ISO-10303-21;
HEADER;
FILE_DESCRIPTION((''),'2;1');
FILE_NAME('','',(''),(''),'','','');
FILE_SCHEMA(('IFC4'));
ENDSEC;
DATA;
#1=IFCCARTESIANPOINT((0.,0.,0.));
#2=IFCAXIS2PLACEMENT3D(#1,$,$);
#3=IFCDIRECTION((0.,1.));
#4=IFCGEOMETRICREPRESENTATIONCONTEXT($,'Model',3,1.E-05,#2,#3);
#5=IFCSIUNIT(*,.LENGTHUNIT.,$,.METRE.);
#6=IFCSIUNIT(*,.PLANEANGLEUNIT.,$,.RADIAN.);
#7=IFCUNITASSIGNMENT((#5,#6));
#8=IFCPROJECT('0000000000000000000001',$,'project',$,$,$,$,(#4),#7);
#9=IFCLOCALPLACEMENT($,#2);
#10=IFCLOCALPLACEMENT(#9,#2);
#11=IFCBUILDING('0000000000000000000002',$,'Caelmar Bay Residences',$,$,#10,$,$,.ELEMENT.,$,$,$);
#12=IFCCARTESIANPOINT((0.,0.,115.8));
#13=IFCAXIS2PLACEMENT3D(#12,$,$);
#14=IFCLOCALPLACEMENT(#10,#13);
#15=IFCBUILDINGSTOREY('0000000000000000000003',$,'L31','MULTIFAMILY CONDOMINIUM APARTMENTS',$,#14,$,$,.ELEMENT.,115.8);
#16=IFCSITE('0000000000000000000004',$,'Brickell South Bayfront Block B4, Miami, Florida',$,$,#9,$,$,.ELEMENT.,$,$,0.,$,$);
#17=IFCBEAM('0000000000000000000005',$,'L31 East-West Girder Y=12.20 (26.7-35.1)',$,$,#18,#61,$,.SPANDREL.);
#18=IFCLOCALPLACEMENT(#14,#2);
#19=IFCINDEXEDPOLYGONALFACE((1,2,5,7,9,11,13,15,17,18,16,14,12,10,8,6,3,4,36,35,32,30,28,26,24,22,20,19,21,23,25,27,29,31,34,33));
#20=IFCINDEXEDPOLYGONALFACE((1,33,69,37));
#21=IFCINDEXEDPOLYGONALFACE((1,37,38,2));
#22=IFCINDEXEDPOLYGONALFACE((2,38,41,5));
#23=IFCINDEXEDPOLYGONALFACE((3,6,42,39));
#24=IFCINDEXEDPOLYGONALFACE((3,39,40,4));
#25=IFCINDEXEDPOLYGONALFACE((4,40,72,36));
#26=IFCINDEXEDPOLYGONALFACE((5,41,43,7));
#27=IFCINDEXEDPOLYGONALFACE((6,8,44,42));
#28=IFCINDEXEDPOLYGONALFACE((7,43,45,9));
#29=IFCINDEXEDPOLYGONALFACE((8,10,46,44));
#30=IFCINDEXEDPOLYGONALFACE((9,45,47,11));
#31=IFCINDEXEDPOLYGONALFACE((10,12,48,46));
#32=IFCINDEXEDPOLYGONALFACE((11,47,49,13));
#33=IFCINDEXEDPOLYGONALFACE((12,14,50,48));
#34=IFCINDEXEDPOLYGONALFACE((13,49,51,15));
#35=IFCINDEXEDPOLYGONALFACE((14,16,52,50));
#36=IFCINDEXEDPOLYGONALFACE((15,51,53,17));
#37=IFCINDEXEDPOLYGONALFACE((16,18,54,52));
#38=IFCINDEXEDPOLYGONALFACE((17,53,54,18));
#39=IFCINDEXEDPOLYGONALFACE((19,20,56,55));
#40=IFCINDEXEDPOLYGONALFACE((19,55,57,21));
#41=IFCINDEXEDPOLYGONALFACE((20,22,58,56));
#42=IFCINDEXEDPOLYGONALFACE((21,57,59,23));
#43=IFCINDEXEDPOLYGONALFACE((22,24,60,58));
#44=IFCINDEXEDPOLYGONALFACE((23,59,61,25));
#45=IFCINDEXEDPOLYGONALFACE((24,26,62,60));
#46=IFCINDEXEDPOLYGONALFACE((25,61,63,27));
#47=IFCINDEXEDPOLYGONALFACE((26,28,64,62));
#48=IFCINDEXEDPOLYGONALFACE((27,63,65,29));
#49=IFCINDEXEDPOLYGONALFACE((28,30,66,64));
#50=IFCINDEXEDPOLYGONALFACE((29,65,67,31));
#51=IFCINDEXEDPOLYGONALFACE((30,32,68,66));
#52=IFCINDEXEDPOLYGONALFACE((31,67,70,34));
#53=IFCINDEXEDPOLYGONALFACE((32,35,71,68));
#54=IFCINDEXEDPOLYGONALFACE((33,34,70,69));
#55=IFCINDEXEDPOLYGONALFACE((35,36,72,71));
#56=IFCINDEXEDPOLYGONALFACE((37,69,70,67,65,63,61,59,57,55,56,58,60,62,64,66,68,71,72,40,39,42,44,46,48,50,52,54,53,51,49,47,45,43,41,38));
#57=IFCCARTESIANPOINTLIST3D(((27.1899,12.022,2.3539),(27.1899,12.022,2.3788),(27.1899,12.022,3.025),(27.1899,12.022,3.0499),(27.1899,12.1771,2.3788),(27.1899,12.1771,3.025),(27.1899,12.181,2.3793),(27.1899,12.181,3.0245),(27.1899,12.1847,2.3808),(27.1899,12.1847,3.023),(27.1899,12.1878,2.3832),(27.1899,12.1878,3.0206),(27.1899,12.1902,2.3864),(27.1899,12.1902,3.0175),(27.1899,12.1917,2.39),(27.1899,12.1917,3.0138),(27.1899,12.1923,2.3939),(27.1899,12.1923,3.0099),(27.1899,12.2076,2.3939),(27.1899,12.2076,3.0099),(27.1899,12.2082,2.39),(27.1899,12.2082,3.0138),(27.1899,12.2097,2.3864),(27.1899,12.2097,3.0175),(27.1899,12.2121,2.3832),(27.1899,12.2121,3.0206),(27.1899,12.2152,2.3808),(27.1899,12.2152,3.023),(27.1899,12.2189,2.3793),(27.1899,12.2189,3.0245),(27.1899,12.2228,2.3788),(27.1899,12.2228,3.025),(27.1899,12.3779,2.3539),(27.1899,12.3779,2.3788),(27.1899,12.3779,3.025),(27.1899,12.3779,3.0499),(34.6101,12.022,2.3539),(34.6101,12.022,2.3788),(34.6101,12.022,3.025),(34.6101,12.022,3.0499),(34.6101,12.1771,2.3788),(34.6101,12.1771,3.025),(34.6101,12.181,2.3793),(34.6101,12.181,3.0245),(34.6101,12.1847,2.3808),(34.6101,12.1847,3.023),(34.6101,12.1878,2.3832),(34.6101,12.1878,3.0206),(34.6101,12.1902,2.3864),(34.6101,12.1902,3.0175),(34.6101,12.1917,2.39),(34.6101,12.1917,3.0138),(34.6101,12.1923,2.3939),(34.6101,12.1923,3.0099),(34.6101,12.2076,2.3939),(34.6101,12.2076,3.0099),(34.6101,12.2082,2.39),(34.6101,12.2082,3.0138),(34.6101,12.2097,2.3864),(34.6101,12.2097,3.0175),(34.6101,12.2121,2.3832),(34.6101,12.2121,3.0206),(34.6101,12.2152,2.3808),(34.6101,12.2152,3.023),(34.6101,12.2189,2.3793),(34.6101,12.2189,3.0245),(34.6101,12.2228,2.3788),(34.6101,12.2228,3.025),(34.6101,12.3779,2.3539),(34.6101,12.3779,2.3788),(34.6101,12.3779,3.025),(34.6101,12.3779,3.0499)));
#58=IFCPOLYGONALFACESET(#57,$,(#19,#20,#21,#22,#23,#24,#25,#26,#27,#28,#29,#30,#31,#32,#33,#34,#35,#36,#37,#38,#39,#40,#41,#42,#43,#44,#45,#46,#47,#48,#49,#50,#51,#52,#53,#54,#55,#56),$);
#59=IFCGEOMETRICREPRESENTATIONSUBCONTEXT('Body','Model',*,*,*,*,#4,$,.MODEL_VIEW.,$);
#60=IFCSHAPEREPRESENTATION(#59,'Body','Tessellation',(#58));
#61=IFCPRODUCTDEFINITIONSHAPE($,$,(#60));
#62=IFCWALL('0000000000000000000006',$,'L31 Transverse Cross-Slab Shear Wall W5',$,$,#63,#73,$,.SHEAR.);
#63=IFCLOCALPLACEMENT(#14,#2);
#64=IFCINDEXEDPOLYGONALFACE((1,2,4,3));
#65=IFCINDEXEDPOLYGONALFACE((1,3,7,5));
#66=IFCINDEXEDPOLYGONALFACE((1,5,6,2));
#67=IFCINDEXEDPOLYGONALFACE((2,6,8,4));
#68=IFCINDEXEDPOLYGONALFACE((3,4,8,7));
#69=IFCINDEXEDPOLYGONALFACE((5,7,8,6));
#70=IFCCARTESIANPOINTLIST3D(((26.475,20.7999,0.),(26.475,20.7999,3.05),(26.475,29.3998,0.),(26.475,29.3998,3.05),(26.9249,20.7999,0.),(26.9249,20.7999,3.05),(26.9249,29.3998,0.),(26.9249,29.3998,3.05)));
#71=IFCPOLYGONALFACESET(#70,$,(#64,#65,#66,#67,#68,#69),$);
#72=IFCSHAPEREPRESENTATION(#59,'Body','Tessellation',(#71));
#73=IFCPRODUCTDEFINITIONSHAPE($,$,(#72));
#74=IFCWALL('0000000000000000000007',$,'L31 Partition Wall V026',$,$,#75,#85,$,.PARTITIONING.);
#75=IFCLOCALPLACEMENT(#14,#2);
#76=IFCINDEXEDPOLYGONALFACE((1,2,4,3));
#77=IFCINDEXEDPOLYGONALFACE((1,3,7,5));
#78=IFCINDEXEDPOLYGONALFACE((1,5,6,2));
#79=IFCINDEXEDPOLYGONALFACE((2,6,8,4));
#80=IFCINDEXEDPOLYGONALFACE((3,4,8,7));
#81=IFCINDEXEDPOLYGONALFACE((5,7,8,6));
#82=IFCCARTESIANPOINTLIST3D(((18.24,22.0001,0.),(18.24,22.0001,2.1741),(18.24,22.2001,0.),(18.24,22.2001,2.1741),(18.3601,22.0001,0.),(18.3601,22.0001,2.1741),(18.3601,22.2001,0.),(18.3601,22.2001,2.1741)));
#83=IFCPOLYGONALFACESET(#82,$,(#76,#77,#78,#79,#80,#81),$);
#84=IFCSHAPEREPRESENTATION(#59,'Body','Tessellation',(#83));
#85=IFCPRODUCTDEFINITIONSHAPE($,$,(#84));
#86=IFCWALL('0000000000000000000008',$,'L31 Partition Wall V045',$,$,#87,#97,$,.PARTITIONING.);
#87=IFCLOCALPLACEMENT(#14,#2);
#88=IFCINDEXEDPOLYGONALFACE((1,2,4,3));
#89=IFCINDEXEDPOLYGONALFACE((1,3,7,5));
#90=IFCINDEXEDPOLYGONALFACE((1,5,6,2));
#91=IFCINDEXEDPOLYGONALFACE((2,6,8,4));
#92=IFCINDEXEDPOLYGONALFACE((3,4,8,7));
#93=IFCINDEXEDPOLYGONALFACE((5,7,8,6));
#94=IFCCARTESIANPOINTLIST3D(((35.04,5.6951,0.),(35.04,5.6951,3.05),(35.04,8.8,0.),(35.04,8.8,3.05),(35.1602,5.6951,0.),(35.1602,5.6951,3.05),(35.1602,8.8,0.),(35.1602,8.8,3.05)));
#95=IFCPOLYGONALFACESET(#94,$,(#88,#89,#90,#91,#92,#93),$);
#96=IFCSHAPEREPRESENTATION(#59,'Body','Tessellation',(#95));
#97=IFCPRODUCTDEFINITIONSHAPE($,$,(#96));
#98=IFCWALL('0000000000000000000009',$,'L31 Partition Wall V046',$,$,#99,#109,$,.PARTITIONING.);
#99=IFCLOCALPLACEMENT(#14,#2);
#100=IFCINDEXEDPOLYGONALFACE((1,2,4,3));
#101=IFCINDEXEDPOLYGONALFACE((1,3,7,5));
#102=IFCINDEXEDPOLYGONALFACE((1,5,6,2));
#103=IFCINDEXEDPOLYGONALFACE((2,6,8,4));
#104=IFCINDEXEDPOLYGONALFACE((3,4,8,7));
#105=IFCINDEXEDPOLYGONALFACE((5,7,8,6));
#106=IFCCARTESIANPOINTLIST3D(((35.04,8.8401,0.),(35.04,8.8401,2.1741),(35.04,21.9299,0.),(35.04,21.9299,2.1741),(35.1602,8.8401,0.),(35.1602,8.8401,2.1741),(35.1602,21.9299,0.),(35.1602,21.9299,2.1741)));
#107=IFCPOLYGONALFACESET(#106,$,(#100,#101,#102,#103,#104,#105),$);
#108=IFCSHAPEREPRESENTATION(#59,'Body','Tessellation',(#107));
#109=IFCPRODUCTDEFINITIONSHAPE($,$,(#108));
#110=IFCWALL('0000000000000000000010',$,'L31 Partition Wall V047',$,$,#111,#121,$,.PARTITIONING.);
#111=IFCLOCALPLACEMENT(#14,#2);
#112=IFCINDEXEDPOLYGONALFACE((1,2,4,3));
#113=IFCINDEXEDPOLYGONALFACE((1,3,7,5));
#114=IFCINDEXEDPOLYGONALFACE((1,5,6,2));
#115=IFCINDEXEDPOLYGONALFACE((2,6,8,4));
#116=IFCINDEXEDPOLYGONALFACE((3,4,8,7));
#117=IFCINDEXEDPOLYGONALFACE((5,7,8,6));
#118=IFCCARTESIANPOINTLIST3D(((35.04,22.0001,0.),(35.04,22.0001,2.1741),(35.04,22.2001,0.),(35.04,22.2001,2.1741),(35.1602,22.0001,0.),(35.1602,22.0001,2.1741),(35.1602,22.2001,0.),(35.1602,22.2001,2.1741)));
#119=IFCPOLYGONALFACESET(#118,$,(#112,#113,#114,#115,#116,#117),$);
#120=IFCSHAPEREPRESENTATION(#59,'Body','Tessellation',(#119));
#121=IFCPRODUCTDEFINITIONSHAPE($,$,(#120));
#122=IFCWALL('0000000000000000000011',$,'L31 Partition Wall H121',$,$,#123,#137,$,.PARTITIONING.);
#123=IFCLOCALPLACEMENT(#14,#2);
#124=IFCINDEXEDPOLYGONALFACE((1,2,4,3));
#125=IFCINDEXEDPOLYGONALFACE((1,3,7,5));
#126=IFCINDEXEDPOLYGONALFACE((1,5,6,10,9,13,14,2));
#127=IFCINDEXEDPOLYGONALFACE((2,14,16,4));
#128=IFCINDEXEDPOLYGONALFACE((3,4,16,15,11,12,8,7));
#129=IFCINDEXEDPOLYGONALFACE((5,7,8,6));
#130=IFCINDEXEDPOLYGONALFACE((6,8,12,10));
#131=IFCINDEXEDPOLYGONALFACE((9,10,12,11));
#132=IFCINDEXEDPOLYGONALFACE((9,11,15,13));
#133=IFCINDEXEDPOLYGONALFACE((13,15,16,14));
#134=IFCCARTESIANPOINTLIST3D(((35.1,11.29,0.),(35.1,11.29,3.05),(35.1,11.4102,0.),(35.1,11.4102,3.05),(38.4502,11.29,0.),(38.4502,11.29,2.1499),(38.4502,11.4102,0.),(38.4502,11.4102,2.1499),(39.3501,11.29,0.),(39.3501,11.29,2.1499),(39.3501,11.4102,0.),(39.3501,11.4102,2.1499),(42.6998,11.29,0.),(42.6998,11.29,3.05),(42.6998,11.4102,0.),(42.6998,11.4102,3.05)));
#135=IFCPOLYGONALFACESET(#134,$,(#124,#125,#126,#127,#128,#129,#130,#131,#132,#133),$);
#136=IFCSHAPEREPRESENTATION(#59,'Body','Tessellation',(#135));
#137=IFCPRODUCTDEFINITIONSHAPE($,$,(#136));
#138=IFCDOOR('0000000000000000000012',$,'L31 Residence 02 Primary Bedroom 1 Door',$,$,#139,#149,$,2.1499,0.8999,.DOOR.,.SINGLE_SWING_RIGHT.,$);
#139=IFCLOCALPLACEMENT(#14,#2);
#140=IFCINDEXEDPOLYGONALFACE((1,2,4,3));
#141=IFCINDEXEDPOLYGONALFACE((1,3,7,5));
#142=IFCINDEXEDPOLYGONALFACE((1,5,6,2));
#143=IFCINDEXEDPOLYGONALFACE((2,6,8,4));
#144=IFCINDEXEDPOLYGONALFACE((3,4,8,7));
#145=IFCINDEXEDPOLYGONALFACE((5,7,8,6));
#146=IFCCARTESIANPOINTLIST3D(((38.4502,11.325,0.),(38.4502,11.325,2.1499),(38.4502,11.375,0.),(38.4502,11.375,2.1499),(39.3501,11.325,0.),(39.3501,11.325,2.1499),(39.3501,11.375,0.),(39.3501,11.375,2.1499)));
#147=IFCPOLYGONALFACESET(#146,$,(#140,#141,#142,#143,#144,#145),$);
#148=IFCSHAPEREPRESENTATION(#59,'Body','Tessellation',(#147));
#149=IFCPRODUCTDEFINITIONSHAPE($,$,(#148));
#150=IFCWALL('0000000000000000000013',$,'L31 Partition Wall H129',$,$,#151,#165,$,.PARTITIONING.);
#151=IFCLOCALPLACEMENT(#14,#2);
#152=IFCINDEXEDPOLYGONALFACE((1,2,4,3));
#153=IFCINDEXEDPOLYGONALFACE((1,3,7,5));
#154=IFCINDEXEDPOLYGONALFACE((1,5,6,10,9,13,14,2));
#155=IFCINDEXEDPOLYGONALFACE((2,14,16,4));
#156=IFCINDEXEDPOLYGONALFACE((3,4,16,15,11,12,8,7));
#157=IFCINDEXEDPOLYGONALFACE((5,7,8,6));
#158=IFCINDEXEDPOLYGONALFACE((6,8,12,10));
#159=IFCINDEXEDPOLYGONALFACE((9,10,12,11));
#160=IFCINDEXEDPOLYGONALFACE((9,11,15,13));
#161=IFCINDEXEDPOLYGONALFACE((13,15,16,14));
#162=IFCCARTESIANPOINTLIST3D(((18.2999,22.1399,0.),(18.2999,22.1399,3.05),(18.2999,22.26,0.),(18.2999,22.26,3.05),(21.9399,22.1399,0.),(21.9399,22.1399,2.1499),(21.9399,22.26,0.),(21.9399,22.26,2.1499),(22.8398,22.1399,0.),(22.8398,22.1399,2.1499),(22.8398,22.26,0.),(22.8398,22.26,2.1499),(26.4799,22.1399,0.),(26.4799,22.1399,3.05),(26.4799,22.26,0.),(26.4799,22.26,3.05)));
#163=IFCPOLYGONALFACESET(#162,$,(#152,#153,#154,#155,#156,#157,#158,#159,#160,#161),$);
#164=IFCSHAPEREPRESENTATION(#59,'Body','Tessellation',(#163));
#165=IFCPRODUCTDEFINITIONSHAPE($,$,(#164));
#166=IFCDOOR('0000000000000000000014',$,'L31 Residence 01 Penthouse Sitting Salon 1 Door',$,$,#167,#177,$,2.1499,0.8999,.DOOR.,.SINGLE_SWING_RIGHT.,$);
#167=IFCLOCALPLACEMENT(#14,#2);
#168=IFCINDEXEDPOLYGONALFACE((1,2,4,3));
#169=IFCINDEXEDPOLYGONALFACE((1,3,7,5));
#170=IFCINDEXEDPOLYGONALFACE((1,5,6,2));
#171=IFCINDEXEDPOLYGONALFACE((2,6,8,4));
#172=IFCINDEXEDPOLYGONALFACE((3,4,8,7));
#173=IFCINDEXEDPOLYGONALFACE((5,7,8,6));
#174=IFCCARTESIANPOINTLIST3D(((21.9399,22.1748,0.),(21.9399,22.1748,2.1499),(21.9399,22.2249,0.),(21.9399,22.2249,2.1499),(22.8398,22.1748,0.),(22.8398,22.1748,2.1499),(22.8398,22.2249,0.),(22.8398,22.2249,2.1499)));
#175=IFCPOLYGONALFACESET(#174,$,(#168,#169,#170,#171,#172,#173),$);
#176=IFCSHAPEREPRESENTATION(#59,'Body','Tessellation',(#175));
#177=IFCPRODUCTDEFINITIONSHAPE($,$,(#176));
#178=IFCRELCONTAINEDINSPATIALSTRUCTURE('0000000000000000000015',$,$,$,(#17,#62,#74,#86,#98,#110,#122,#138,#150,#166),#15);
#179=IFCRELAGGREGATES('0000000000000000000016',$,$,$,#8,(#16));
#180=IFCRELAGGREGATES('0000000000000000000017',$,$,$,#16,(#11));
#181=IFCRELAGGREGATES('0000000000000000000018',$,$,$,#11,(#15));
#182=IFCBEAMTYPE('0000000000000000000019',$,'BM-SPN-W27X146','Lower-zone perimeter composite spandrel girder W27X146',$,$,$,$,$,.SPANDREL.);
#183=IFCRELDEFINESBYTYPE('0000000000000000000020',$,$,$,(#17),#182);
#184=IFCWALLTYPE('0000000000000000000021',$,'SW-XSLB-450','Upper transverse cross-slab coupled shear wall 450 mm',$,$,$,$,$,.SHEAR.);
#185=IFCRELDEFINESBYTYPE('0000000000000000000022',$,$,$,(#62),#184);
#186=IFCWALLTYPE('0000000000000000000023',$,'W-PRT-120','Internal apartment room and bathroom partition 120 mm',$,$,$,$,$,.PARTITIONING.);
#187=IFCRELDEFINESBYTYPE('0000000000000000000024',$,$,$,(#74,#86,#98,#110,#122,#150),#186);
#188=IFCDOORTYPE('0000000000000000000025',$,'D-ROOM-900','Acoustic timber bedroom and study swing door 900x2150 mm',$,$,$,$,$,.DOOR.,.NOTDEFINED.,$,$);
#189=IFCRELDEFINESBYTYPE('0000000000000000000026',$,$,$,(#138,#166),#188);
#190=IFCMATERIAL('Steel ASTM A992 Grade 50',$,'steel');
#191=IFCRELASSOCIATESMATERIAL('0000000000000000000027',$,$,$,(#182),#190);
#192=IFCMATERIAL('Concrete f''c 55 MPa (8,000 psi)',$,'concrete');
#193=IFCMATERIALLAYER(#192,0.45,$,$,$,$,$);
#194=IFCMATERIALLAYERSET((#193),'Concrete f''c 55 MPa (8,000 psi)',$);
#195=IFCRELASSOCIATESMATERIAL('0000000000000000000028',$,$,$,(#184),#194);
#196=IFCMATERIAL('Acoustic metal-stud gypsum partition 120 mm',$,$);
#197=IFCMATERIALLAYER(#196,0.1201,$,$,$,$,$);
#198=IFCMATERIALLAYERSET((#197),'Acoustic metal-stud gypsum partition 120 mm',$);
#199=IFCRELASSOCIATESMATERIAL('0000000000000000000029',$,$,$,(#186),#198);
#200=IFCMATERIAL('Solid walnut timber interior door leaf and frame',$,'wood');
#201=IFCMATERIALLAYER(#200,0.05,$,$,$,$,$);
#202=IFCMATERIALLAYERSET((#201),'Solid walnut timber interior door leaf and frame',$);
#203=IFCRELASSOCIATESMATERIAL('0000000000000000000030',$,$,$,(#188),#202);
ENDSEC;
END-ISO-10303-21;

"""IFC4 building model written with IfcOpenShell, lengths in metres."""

from ifc_helpers import new_model, si_unit, direction, frame, frame_2d, origin, origin_2d, place, context, subcontext, project, spatial, rectangle, i_section, extrude, material, layer, layer_set, material_profile, profile_set, type_object, element, fill, save


model = new_model("IFC4")

# Units and contexts
model_context = context("Model", 3, precision=1e-05, world=origin(), true_north=direction((0.0, 1.0)))
body_context = subcontext(model_context, "Body", "Model", "MODEL_VIEW")
ifc_project = project(units=[si_unit("LENGTHUNIT", "METRE"), si_unit("PLANEANGLEUNIT", "RADIAN")], contexts=[model_context])

# Site, building, storey
site_placement = place(None, origin())
site = spatial("IfcSite", under=ifc_project, at=site_placement, Name="Brickell South Bayfront Block B4, Miami, Florida", CompositionType="ELEMENT", RefElevation=0.0)
building_placement = place(site_placement, origin())
building = spatial("IfcBuilding", under=site, at=building_placement, Name="Caelmar Bay Residences", CompositionType="ELEMENT")
storey_placement = place(building_placement, frame((0.0, 0.0, 115.8)))
storey = spatial("IfcBuildingStorey", under=building, at=storey_placement, Name="L31", Description="MULTIFAMILY CONDOMINIUM APARTMENTS", CompositionType="ELEMENT", Elevation=115.8)

# Beam
ifc_material_1 = material(Name="Steel ASTM A992 Grade 50", Category="steel")
ifc_material_profile_1 = material_profile(ifc_material_1, i_section(OverallWidth=0.356, OverallDepth=0.696, WebThickness=0.0154, FlangeThickness=0.0249, FilletRadius=0.0151, at=origin_2d()), Name="W27X146")
ifc_profile_set_1 = profile_set([ifc_material_profile_1], Name="Steel ASTM A992 Grade 50")
beam_type_1 = type_object("IfcBeamType", Name="BM-SPN-W27X146", Description="Lower-zone perimeter composite spandrel girder W27X146", PredefinedType="SPANDREL", material=ifc_profile_set_1)
beam_1_placement = place(storey_placement, frame((27.1899, 12.2, 2.7019), z_axis=(1.0, 0.0, 0.0), x_axis=(0.0, 1.0, 0.0)))
element("IfcBeam", 1, at=beam_1_placement, inside=storey, type_object=beam_type_1, Name="L31 East-West Girder Y=12.20 (26.7-35.1)", PredefinedType="SPANDREL", context=body_context, shape_type="SweptSolid", body=[
    extrude(i_section(OverallWidth=0.356, OverallDepth=0.696, WebThickness=0.0154, FlangeThickness=0.0249, FilletRadius=0.0151, at=origin_2d()), origin(), (0.0, 0.0, 1.0), 7.4202),
])

# Walls
ifc_material_2 = material(Name="Concrete f'c 55 MPa (8,000 psi)", Category="concrete")
ifc_layer_1 = layer(ifc_material_2, 0.45)
ifc_layer_set_1 = layer_set([ifc_layer_1], Name="Concrete f'c 55 MPa (8,000 psi)")
wall_type_1 = type_object("IfcWallType", Name="SW-XSLB-450", Description="Upper transverse cross-slab coupled shear wall 450 mm", PredefinedType="SHEAR", material=ifc_layer_set_1)
wall_1_placement = place(storey_placement, frame((26.7, 20.8, 0.0), z_axis=(0.0, 0.0, 1.0), x_axis=(0.0, 1.0, 0.0)))
element("IfcWall", 2, at=wall_1_placement, inside=storey, type_object=wall_type_1, Name="L31 Transverse Cross-Slab Shear Wall W5", PredefinedType="SHEAR", context=body_context, shape_type="SweptSolid", body=[
    extrude(rectangle(XDim=8.5999, YDim=0.45, at=frame_2d((4.2998, 0.0))), origin(), (0.0, 0.0, 1.0), 3.05),
])
ifc_material_3 = material(Name="Acoustic metal-stud gypsum partition 120 mm")
ifc_layer_2 = layer(ifc_material_3, 0.1201)
ifc_layer_set_2 = layer_set([ifc_layer_2], Name="Acoustic metal-stud gypsum partition 120 mm")
wall_type_2 = type_object("IfcWallType", Name="W-PRT-120", Description="Internal apartment room and bathroom partition 120 mm", PredefinedType="PARTITIONING", material=ifc_layer_set_2)
wall_2_placement = place(storey_placement, frame((18.3, 22.0, 0.0), z_axis=(0.0, 0.0, 1.0), x_axis=(0.0, 1.0, 0.0)))
element("IfcWall", 3, at=wall_2_placement, inside=storey, type_object=wall_type_2, Name="L31 Partition Wall V026", PredefinedType="PARTITIONING", context=body_context, shape_type="SweptSolid", body=[
    extrude(rectangle(XDim=0.2, YDim=0.1201, at=frame_2d((0.1001, 0.0))), origin(), (0.0, 0.0, 1.0), 2.1741),
])
wall_3_placement = place(storey_placement, frame((35.1001, 5.6951, 0.0), z_axis=(0.0, 0.0, 1.0), x_axis=(0.0, 1.0, 0.0)))
element("IfcWall", 4, at=wall_3_placement, inside=storey, type_object=wall_type_2, Name="L31 Partition Wall V045", PredefinedType="PARTITIONING", context=body_context, shape_type="SweptSolid", body=[
    extrude(rectangle(XDim=3.105, YDim=0.1201, at=frame_2d((1.5525, 0.0))), origin(), (0.0, 0.0, 1.0), 3.05),
])
wall_4_placement = place(storey_placement, frame((35.1001, 8.8401, 0.0), z_axis=(0.0, 0.0, 1.0), x_axis=(0.0, 1.0, 0.0)))
element("IfcWall", 5, at=wall_4_placement, inside=storey, type_object=wall_type_2, Name="L31 Partition Wall V046", PredefinedType="PARTITIONING", context=body_context, shape_type="SweptSolid", body=[
    extrude(rectangle(XDim=13.0898, YDim=0.1201, at=frame_2d((6.5449, 0.0))), origin(), (0.0, 0.0, 1.0), 2.1741),
])
wall_5_placement = place(storey_placement, frame((35.1001, 22.0, 0.0), z_axis=(0.0, 0.0, 1.0), x_axis=(0.0, 1.0, 0.0)))
element("IfcWall", 6, at=wall_5_placement, inside=storey, type_object=wall_type_2, Name="L31 Partition Wall V047", PredefinedType="PARTITIONING", context=body_context, shape_type="SweptSolid", body=[
    extrude(rectangle(XDim=0.2, YDim=0.1201, at=frame_2d((0.1001, 0.0))), origin(), (0.0, 0.0, 1.0), 2.1741),
])

# Walls, openings, doors
wall_6_placement = place(storey_placement, frame((35.1001, 11.3501, 0.0), z_axis=(0.0, 0.0, 1.0), x_axis=(1.0, 0.0, 0.0)))
wall_6 = element("IfcWall", 7, at=wall_6_placement, inside=storey, type_object=wall_type_2, Name="L31 Partition Wall H121", PredefinedType="PARTITIONING", context=body_context, shape_type="SweptSolid", body=[
    extrude(rectangle(XDim=7.5999, YDim=0.1201, at=frame_2d((3.7998, 0.0))), origin(), (0.0, 0.0, 1.0), 3.05),
])
opening_1_placement = place(wall_6_placement, frame((3.3501, 0.0, 0.0)))
opening_1 = element("IfcOpeningElement", 8, at=opening_1_placement, cuts=wall_6, PredefinedType="OPENING", context=body_context, shape_type="SweptSolid", body=[
    extrude(rectangle(XDim=0.8999, YDim=2.1499, at=frame_2d((0.45, 1.075))), frame((0.0, 0.0701, 0.0), z_axis=(0.0, -1.0, 0.0), x_axis=(1.0, 0.0, 0.0)), (0.0, 0.0, 1.0), 0.1401),
])
ifc_material_4 = material(Name="Solid walnut timber interior door leaf and frame", Category="wood")
ifc_layer_3 = layer(ifc_material_4, 0.05)
ifc_layer_set_3 = layer_set([ifc_layer_3], Name="Solid walnut timber interior door leaf and frame")
door_type = type_object("IfcDoorType", Name="D-ROOM-900", Description="Acoustic timber bedroom and study swing door 900x2150 mm", OperationType="NOTDEFINED", PredefinedType="DOOR", material=ifc_layer_set_3)
door_1_placement = place(opening_1_placement, origin())
door_1 = element("IfcDoor", 9, at=door_1_placement, inside=storey, type_object=door_type, Name="L31 Residence 02 Primary Bedroom 1 Door", OperationType="SINGLE_SWING_RIGHT", OverallHeight=2.1499, OverallWidth=0.8999, PredefinedType="DOOR", context=body_context, shape_type="SweptSolid", body=[
    extrude(rectangle(XDim=0.8999, YDim=2.1499, at=frame_2d((0.45, 1.075))), frame((0.0, 0.0249, 0.0), z_axis=(0.0, -1.0, 0.0), x_axis=(1.0, 0.0, 0.0)), (0.0, 0.0, 1.0), 0.05),
])
fill(opening_1, door_1)
wall_7_placement = place(storey_placement, frame((18.3, 22.2, 0.0), z_axis=(0.0, 0.0, 1.0), x_axis=(1.0, 0.0, 0.0)))
wall_7 = element("IfcWall", 10, at=wall_7_placement, inside=storey, type_object=wall_type_2, Name="L31 Partition Wall H129", PredefinedType="PARTITIONING", context=body_context, shape_type="SweptSolid", body=[
    extrude(rectangle(XDim=8.1799, YDim=0.1201, at=frame_2d((4.0898, 0.0))), origin(), (0.0, 0.0, 1.0), 3.05),
])
opening_2_placement = place(wall_7_placement, frame((3.6399, 0.0, 0.0)))
opening_2 = element("IfcOpeningElement", 11, at=opening_2_placement, cuts=wall_7, PredefinedType="OPENING", context=body_context, shape_type="SweptSolid", body=[
    extrude(rectangle(XDim=0.8999, YDim=2.1499, at=frame_2d((0.45, 1.075))), frame((0.0, 0.0701, 0.0), z_axis=(0.0, -1.0, 0.0), x_axis=(1.0, 0.0, 0.0)), (0.0, 0.0, 1.0), 0.1401),
])
door_2_placement = place(opening_2_placement, origin())
door_2 = element("IfcDoor", 12, at=door_2_placement, inside=storey, type_object=door_type, Name="L31 Residence 01 Penthouse Sitting Salon 1 Door", OperationType="SINGLE_SWING_RIGHT", OverallHeight=2.1499, OverallWidth=0.8999, PredefinedType="DOOR", context=body_context, shape_type="SweptSolid", body=[
    extrude(rectangle(XDim=0.8999, YDim=2.1499, at=frame_2d((0.45, 1.075))), frame((0.0, 0.0249, 0.0), z_axis=(0.0, -1.0, 0.0), x_axis=(1.0, 0.0, 0.0)), (0.0, 0.0, 1.0), 0.05),
])
fill(opening_2, door_2)

save(model, "model.ifc")
